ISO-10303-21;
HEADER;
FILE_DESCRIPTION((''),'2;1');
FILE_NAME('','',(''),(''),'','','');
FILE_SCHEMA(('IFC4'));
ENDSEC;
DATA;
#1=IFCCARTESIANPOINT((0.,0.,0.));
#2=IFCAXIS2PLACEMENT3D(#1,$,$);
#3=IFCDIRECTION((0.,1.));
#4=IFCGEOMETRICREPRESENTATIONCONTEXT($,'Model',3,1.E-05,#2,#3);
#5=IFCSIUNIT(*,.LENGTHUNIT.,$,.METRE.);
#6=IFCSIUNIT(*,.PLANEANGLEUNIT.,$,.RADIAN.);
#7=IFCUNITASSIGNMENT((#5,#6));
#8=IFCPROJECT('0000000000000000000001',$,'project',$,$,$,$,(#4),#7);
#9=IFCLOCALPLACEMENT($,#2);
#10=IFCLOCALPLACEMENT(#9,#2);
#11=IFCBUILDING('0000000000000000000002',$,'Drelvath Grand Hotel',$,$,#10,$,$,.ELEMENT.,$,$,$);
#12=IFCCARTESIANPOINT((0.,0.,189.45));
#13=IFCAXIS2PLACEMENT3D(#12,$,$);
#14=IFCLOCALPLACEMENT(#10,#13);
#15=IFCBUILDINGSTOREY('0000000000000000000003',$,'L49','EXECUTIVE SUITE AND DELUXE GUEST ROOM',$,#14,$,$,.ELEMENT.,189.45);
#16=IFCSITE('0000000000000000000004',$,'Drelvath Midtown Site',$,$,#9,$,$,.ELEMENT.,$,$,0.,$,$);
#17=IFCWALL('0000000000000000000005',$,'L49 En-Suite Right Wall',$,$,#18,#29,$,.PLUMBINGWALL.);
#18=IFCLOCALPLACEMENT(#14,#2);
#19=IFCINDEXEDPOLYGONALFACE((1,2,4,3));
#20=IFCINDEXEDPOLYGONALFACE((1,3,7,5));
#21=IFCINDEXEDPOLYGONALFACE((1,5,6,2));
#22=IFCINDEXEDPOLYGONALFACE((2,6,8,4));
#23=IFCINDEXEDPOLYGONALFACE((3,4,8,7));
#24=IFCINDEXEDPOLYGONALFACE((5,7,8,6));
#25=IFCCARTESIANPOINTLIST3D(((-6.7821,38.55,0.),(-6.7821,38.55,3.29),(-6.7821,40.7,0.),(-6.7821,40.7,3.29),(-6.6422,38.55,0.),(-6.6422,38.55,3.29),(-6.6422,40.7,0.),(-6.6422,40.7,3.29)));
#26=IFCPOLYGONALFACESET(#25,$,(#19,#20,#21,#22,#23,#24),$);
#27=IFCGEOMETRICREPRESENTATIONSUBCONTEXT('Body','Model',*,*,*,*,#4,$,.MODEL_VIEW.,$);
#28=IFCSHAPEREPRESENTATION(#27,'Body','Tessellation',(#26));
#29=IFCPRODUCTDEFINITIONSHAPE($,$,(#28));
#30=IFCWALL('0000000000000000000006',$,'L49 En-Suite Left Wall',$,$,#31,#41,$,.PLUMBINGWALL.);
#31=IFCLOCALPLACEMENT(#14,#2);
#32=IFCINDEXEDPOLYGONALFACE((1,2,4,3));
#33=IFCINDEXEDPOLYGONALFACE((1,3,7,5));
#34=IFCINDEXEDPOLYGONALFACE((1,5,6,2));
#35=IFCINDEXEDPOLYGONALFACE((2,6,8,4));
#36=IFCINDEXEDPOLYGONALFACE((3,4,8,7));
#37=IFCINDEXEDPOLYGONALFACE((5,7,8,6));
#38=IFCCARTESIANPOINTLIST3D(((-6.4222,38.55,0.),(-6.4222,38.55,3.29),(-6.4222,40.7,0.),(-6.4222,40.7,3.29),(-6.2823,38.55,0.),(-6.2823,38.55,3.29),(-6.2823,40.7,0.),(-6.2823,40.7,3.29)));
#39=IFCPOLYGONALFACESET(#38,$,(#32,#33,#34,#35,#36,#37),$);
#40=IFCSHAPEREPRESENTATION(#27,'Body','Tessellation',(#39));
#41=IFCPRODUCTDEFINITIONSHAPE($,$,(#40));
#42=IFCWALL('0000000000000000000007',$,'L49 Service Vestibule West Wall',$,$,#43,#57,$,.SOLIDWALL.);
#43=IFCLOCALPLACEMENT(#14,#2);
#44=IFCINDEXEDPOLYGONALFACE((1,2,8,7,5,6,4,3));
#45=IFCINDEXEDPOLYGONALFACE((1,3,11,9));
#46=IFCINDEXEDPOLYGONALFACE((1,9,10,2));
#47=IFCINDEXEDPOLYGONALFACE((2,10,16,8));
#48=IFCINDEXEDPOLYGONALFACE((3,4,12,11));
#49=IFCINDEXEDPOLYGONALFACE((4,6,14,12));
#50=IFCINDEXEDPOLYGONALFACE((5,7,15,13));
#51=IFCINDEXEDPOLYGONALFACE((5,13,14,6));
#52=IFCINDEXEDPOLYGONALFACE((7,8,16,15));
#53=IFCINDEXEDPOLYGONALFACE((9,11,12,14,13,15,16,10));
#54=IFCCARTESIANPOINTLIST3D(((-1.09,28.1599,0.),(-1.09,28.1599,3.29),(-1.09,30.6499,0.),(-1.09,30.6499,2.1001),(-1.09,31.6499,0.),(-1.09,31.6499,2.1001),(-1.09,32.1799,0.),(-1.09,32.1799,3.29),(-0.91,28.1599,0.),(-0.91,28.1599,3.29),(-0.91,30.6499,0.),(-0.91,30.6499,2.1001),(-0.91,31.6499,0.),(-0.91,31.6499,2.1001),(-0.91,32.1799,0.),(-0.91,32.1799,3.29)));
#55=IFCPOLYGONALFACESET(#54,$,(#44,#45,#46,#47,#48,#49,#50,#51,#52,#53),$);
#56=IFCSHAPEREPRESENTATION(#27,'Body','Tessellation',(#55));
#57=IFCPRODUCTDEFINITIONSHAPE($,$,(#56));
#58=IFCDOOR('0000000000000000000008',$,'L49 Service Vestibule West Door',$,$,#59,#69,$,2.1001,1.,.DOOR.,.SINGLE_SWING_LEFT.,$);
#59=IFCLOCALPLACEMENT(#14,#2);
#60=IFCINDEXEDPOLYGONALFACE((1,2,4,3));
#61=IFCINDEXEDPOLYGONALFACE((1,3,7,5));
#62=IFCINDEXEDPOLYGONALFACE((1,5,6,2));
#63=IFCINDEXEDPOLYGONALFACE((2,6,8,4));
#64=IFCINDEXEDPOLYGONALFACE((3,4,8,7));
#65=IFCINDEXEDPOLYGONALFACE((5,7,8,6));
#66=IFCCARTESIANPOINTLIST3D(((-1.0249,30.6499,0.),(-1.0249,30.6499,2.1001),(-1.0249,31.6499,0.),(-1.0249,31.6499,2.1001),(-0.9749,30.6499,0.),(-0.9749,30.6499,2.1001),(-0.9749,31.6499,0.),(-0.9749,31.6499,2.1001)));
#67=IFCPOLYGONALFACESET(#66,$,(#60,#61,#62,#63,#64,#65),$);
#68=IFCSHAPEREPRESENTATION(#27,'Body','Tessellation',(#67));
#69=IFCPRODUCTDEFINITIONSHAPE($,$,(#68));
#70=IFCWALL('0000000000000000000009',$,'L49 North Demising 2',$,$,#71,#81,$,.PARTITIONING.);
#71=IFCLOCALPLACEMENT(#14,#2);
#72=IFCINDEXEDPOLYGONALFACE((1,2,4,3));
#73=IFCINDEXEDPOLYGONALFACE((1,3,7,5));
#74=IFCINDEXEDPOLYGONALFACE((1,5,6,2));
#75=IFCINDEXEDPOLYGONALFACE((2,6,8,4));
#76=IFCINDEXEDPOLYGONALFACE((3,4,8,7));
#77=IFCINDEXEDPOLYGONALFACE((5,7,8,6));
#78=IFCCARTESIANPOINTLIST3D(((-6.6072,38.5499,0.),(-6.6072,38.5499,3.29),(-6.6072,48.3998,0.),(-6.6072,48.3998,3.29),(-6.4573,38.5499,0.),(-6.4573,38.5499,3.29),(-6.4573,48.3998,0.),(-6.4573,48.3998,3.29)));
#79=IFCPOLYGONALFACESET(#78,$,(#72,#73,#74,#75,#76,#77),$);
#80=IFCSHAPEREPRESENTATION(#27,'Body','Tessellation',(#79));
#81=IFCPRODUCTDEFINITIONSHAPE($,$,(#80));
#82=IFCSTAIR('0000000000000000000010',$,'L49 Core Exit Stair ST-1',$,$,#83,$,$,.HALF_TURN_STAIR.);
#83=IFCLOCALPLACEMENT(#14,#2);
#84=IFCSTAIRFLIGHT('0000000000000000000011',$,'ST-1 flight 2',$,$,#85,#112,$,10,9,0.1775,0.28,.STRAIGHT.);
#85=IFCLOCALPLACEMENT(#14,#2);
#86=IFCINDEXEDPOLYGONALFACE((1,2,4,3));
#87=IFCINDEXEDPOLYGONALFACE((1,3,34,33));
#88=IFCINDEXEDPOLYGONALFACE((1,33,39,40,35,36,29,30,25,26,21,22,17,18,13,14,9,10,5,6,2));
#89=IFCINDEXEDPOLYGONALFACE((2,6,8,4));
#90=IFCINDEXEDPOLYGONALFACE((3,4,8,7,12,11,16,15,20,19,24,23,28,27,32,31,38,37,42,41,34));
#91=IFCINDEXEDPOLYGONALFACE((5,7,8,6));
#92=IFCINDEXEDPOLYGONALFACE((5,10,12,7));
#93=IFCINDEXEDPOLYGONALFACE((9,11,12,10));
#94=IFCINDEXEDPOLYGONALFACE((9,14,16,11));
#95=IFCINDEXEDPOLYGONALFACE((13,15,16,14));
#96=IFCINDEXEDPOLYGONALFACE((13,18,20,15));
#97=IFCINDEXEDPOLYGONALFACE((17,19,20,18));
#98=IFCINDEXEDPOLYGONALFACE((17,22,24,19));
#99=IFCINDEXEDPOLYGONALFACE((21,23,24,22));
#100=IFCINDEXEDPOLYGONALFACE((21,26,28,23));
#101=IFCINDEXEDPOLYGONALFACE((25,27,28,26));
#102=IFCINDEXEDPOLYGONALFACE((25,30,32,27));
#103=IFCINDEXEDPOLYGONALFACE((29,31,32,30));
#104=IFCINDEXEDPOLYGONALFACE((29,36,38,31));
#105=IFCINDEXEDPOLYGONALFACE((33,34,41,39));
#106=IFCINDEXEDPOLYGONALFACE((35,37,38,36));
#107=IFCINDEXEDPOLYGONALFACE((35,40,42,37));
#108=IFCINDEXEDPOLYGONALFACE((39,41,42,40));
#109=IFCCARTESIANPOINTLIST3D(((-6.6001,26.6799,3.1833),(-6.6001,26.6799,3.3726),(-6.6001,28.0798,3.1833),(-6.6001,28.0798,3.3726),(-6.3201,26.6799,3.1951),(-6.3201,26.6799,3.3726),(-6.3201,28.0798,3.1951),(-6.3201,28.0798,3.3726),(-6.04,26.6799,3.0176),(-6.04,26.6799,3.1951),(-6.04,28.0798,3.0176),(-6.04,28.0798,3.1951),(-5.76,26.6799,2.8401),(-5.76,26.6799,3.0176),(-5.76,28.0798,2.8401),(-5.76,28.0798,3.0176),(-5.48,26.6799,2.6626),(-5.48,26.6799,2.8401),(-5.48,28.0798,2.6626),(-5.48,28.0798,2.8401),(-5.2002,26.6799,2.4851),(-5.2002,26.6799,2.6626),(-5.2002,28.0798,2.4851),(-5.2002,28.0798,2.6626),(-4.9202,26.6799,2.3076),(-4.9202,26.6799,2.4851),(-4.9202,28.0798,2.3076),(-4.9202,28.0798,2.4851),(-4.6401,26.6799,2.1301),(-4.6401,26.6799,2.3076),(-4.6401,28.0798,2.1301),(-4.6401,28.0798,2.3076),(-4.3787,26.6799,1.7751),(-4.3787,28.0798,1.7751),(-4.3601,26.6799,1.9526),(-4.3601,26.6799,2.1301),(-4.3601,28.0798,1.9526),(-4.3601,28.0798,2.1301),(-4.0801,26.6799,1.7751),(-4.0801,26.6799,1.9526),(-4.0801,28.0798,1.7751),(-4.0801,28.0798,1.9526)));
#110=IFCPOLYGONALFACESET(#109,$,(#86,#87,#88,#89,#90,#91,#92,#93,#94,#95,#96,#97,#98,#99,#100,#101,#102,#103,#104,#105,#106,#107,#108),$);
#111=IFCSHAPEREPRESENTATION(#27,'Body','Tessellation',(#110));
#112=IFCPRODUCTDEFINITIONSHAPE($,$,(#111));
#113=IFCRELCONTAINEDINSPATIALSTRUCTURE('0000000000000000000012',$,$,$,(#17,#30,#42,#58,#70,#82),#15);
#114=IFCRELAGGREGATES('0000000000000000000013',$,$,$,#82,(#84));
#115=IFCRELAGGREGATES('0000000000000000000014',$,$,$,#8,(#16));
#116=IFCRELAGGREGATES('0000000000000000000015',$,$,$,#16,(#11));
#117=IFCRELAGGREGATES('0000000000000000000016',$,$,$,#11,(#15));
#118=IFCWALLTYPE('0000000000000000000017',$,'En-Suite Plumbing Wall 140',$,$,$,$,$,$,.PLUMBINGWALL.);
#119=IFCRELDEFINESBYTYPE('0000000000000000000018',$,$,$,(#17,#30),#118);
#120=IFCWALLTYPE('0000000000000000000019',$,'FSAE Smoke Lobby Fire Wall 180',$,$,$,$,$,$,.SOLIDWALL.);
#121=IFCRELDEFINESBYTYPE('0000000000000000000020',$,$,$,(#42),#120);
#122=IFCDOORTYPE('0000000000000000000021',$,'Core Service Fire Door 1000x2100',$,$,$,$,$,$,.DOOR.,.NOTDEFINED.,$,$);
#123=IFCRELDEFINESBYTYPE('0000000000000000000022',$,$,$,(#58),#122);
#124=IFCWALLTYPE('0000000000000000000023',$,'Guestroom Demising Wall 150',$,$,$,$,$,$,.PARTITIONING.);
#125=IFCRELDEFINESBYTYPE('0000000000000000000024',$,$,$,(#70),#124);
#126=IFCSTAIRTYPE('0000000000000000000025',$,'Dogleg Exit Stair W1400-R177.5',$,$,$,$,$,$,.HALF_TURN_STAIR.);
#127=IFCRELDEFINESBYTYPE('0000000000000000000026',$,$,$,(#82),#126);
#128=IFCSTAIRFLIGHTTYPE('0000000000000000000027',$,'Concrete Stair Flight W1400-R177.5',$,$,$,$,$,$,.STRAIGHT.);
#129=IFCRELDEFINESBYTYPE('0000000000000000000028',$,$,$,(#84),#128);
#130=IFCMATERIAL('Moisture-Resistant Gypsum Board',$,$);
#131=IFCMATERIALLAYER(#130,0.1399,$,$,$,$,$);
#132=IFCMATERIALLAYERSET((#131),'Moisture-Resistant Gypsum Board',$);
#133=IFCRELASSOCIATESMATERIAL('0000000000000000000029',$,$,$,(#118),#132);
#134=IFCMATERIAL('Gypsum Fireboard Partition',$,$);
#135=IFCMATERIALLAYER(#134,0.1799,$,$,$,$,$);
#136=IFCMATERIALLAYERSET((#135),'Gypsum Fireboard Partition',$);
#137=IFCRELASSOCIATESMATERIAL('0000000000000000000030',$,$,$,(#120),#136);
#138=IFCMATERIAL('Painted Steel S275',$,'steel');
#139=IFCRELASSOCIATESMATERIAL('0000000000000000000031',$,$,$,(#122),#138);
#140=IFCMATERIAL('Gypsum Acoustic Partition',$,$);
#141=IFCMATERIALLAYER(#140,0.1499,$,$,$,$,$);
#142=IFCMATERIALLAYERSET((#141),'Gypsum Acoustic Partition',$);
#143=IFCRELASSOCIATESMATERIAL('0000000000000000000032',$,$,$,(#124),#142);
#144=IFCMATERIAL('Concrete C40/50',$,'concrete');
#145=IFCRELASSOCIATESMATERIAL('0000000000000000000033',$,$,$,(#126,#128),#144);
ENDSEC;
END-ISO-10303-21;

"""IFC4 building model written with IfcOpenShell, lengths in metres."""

from ifc_helpers import new_model, si_unit, direction, frame, frame_2d, origin, place, context, subcontext, project, spatial, polyline, rectangle, outline, extrude, material, layer, layer_set, type_object, element, fill, aggregate, save


model = new_model("IFC4")

# Units and contexts
model_context = context("Model", 3, precision=1e-05, world=origin(), true_north=direction((0.0, 1.0)))
body_context = subcontext(model_context, "Body", "Model", "MODEL_VIEW")
ifc_project = project(units=[si_unit("LENGTHUNIT", "METRE"), si_unit("PLANEANGLEUNIT", "RADIAN")], contexts=[model_context])

# Site, building, storey
site_placement = place(None, origin())
site = spatial("IfcSite", under=ifc_project, at=site_placement, Name="Drelvath Midtown Site", CompositionType="ELEMENT", RefElevation=0.0)
building_placement = place(site_placement, origin())
building = spatial("IfcBuilding", under=site, at=building_placement, Name="Drelvath Grand Hotel", CompositionType="ELEMENT")
storey_placement = place(building_placement, frame((0.0, 0.0, 189.45)))
storey = spatial("IfcBuildingStorey", under=building, at=storey_placement, Name="L49", Description="EXECUTIVE SUITE AND DELUXE GUEST ROOM", CompositionType="ELEMENT", Elevation=189.45)

# Shared definitions
ifc_material_1 = material(Name="Concrete C40/50", Category="concrete")

# Walls
ifc_material_2 = material(Name="Gypsum Fireboard Partition")
ifc_material_3 = material(Name="Moisture-Resistant Gypsum Board")
ifc_layer_1 = layer(ifc_material_3, 0.1399)
ifc_layer_set_1 = layer_set([ifc_layer_1], Name="Moisture-Resistant Gypsum Board")
wall_type_1 = type_object("IfcWallType", Name="En-Suite Plumbing Wall 140", PredefinedType="PLUMBINGWALL", material=ifc_layer_set_1)
for number, where, z_axis, x_axis, name in (
    (1, (-6.7122, 38.55, 0.0), (0.0, 0.0, 1.0), (0.0, 1.0, 0.0), "L49 En-Suite Right Wall"),
    (2, (-6.3523, 38.55, 0.0), (0.0, 0.0, 1.0), (0.0, 1.0, 0.0), "L49 En-Suite Left Wall"),
):
    element("IfcWall", number, at=place(storey_placement, frame(where, z_axis=z_axis, x_axis=x_axis)), inside=storey, type_object=wall_type_1, Name=name, PredefinedType="PLUMBINGWALL", context=body_context, shape_type="SweptSolid", body=[
        extrude(rectangle(XDim=2.1499, YDim=0.1399, at=frame_2d((1.075, 0.0))), origin(), (0.0, 0.0, 1.0), 3.29),
    ])

# Wall, opening, door
ifc_layer_2 = layer(ifc_material_2, 0.1799)
ifc_layer_set_2 = layer_set([ifc_layer_2], Name="Gypsum Fireboard Partition")
wall_type_2 = type_object("IfcWallType", Name="FSAE Smoke Lobby Fire Wall 180", PredefinedType="SOLIDWALL", material=ifc_layer_set_2)
wall_1_placement = place(storey_placement, frame((-1.0, 28.1599, 0.0), z_axis=(0.0, 0.0, 1.0), x_axis=(0.0, 1.0, 0.0)))
wall_1 = element("IfcWall", 3, at=wall_1_placement, inside=storey, type_object=wall_type_2, Name="L49 Service Vestibule West Wall", PredefinedType="SOLIDWALL", context=body_context, shape_type="SweptSolid", body=[
    extrude(rectangle(XDim=4.02, YDim=0.1799, at=frame_2d((2.01, 0.0))), origin(), (0.0, 0.0, 1.0), 3.29),
])
opening_1_placement = place(wall_1_placement, frame((2.49, 0.0, 0.0)))
opening_1 = element("IfcOpeningElement", 4, at=opening_1_placement, cuts=wall_1, PredefinedType="OPENING", context=body_context, shape_type="SweptSolid", body=[
    extrude(rectangle(XDim=1.0, YDim=2.1001, at=frame_2d((0.5, 1.05))), frame((0.0, 0.0999, 0.0), z_axis=(0.0, -1.0, 0.0), x_axis=(1.0, 0.0, 0.0)), (0.0, 0.0, 1.0), 0.2),
])
ifc_material_4 = material(Name="Painted Steel S275", Category="steel")
door_type_1 = type_object("IfcDoorType", Name="Core Service Fire Door 1000x2100", OperationType="NOTDEFINED", PredefinedType="DOOR", material=ifc_material_4)
door_1_placement = place(opening_1_placement, origin())
door_1 = element("IfcDoor", 5, at=door_1_placement, inside=storey, type_object=door_type_1, Name="L49 Service Vestibule West Door", OperationType="SINGLE_SWING_LEFT", OverallHeight=2.1001, OverallWidth=1.0, PredefinedType="DOOR", context=body_context, shape_type="SweptSolid", body=[
    extrude(rectangle(XDim=1.0, YDim=2.1001, at=frame_2d((0.5, 1.05))), frame((0.0, 0.0249, 0.0), z_axis=(0.0, -1.0, 0.0), x_axis=(1.0, 0.0, 0.0)), (0.0, 0.0, 1.0), 0.05),
])
fill(opening_1, door_1)

# Wall
ifc_material_5 = material(Name="Gypsum Acoustic Partition")
ifc_layer_3 = layer(ifc_material_5, 0.1499)
ifc_layer_set_3 = layer_set([ifc_layer_3], Name="Gypsum Acoustic Partition")
wall_type_3 = type_object("IfcWallType", Name="Guestroom Demising Wall 150", PredefinedType="PARTITIONING", material=ifc_layer_set_3)
wall_2_placement = place(storey_placement, frame((-6.5322, 38.55, 0.0), z_axis=(0.0, 0.0, 1.0), x_axis=(0.0, 1.0, 0.0)))
element("IfcWall", 6, at=wall_2_placement, inside=storey, type_object=wall_type_3, Name="L49 North Demising 2", PredefinedType="PARTITIONING", context=body_context, shape_type="SweptSolid", body=[
    extrude(rectangle(XDim=9.8499, YDim=0.1499, at=frame_2d((4.9248, 0.0))), origin(), (0.0, 0.0, 1.0), 3.29),
])

# Stair, stair flight
stair_type = type_object("IfcStairType", Name="Dogleg Exit Stair W1400-R177.5", PredefinedType="HALF_TURN_STAIR", material=ifc_material_1)
stair_placement = place(storey_placement, origin())
stair = element("IfcStair", 7, at=stair_placement, inside=storey, type_object=stair_type, Name="L49 Core Exit Stair ST-1", PredefinedType="HALF_TURN_STAIR")
stair_flight_type = type_object("IfcStairFlightType", Name="Concrete Stair Flight W1400-R177.5", PredefinedType="STRAIGHT", material=ifc_material_1)
stair_flight_placement = place(storey_placement, frame((-4.0801, 27.3799, 1.7751), z_axis=(0.0, 0.0, 1.0), x_axis=(-1.0, 0.0, 0.0)))
stair_flight = element("IfcStairFlight", 8, at=stair_flight_placement, type_object=stair_flight_type, Name="ST-1 flight 2", NumberOfRisers=10, NumberOfTreads=9, PredefinedType="STRAIGHT", RiserHeight=0.1775, TreadLength=0.28, context=body_context, shape_type="SweptSolid", body=[
    extrude(outline(polyline([(0.0, 0.0), (0.0, 0.1775), (0.28, 0.1775), (0.28, 0.355), (0.5601, 0.355), (0.5601, 0.5325), (0.8401, 0.5325), (0.8401, 0.71), (1.1201, 0.71), (1.1201, 0.8875), (1.3999, 0.8875), (1.3999, 1.0649), (1.6799, 1.0649), (1.6799, 1.2424), (1.96, 1.2424), (1.96, 1.4199), (2.24, 1.4199), (2.24, 1.5974), (2.52, 1.5974), (2.52, 1.7749), (2.52, 1.4082), (0.2986, 0.0), (0.0, 0.0)])), frame((0.0, 0.7, 0.0), z_axis=(0.0, -1.0, 0.0), x_axis=(1.0, 0.0, 0.0)), (0.0, 0.0, 1.0), 1.3999),
])
aggregate(stair, [stair_flight])

save(model, "model.ifc")
